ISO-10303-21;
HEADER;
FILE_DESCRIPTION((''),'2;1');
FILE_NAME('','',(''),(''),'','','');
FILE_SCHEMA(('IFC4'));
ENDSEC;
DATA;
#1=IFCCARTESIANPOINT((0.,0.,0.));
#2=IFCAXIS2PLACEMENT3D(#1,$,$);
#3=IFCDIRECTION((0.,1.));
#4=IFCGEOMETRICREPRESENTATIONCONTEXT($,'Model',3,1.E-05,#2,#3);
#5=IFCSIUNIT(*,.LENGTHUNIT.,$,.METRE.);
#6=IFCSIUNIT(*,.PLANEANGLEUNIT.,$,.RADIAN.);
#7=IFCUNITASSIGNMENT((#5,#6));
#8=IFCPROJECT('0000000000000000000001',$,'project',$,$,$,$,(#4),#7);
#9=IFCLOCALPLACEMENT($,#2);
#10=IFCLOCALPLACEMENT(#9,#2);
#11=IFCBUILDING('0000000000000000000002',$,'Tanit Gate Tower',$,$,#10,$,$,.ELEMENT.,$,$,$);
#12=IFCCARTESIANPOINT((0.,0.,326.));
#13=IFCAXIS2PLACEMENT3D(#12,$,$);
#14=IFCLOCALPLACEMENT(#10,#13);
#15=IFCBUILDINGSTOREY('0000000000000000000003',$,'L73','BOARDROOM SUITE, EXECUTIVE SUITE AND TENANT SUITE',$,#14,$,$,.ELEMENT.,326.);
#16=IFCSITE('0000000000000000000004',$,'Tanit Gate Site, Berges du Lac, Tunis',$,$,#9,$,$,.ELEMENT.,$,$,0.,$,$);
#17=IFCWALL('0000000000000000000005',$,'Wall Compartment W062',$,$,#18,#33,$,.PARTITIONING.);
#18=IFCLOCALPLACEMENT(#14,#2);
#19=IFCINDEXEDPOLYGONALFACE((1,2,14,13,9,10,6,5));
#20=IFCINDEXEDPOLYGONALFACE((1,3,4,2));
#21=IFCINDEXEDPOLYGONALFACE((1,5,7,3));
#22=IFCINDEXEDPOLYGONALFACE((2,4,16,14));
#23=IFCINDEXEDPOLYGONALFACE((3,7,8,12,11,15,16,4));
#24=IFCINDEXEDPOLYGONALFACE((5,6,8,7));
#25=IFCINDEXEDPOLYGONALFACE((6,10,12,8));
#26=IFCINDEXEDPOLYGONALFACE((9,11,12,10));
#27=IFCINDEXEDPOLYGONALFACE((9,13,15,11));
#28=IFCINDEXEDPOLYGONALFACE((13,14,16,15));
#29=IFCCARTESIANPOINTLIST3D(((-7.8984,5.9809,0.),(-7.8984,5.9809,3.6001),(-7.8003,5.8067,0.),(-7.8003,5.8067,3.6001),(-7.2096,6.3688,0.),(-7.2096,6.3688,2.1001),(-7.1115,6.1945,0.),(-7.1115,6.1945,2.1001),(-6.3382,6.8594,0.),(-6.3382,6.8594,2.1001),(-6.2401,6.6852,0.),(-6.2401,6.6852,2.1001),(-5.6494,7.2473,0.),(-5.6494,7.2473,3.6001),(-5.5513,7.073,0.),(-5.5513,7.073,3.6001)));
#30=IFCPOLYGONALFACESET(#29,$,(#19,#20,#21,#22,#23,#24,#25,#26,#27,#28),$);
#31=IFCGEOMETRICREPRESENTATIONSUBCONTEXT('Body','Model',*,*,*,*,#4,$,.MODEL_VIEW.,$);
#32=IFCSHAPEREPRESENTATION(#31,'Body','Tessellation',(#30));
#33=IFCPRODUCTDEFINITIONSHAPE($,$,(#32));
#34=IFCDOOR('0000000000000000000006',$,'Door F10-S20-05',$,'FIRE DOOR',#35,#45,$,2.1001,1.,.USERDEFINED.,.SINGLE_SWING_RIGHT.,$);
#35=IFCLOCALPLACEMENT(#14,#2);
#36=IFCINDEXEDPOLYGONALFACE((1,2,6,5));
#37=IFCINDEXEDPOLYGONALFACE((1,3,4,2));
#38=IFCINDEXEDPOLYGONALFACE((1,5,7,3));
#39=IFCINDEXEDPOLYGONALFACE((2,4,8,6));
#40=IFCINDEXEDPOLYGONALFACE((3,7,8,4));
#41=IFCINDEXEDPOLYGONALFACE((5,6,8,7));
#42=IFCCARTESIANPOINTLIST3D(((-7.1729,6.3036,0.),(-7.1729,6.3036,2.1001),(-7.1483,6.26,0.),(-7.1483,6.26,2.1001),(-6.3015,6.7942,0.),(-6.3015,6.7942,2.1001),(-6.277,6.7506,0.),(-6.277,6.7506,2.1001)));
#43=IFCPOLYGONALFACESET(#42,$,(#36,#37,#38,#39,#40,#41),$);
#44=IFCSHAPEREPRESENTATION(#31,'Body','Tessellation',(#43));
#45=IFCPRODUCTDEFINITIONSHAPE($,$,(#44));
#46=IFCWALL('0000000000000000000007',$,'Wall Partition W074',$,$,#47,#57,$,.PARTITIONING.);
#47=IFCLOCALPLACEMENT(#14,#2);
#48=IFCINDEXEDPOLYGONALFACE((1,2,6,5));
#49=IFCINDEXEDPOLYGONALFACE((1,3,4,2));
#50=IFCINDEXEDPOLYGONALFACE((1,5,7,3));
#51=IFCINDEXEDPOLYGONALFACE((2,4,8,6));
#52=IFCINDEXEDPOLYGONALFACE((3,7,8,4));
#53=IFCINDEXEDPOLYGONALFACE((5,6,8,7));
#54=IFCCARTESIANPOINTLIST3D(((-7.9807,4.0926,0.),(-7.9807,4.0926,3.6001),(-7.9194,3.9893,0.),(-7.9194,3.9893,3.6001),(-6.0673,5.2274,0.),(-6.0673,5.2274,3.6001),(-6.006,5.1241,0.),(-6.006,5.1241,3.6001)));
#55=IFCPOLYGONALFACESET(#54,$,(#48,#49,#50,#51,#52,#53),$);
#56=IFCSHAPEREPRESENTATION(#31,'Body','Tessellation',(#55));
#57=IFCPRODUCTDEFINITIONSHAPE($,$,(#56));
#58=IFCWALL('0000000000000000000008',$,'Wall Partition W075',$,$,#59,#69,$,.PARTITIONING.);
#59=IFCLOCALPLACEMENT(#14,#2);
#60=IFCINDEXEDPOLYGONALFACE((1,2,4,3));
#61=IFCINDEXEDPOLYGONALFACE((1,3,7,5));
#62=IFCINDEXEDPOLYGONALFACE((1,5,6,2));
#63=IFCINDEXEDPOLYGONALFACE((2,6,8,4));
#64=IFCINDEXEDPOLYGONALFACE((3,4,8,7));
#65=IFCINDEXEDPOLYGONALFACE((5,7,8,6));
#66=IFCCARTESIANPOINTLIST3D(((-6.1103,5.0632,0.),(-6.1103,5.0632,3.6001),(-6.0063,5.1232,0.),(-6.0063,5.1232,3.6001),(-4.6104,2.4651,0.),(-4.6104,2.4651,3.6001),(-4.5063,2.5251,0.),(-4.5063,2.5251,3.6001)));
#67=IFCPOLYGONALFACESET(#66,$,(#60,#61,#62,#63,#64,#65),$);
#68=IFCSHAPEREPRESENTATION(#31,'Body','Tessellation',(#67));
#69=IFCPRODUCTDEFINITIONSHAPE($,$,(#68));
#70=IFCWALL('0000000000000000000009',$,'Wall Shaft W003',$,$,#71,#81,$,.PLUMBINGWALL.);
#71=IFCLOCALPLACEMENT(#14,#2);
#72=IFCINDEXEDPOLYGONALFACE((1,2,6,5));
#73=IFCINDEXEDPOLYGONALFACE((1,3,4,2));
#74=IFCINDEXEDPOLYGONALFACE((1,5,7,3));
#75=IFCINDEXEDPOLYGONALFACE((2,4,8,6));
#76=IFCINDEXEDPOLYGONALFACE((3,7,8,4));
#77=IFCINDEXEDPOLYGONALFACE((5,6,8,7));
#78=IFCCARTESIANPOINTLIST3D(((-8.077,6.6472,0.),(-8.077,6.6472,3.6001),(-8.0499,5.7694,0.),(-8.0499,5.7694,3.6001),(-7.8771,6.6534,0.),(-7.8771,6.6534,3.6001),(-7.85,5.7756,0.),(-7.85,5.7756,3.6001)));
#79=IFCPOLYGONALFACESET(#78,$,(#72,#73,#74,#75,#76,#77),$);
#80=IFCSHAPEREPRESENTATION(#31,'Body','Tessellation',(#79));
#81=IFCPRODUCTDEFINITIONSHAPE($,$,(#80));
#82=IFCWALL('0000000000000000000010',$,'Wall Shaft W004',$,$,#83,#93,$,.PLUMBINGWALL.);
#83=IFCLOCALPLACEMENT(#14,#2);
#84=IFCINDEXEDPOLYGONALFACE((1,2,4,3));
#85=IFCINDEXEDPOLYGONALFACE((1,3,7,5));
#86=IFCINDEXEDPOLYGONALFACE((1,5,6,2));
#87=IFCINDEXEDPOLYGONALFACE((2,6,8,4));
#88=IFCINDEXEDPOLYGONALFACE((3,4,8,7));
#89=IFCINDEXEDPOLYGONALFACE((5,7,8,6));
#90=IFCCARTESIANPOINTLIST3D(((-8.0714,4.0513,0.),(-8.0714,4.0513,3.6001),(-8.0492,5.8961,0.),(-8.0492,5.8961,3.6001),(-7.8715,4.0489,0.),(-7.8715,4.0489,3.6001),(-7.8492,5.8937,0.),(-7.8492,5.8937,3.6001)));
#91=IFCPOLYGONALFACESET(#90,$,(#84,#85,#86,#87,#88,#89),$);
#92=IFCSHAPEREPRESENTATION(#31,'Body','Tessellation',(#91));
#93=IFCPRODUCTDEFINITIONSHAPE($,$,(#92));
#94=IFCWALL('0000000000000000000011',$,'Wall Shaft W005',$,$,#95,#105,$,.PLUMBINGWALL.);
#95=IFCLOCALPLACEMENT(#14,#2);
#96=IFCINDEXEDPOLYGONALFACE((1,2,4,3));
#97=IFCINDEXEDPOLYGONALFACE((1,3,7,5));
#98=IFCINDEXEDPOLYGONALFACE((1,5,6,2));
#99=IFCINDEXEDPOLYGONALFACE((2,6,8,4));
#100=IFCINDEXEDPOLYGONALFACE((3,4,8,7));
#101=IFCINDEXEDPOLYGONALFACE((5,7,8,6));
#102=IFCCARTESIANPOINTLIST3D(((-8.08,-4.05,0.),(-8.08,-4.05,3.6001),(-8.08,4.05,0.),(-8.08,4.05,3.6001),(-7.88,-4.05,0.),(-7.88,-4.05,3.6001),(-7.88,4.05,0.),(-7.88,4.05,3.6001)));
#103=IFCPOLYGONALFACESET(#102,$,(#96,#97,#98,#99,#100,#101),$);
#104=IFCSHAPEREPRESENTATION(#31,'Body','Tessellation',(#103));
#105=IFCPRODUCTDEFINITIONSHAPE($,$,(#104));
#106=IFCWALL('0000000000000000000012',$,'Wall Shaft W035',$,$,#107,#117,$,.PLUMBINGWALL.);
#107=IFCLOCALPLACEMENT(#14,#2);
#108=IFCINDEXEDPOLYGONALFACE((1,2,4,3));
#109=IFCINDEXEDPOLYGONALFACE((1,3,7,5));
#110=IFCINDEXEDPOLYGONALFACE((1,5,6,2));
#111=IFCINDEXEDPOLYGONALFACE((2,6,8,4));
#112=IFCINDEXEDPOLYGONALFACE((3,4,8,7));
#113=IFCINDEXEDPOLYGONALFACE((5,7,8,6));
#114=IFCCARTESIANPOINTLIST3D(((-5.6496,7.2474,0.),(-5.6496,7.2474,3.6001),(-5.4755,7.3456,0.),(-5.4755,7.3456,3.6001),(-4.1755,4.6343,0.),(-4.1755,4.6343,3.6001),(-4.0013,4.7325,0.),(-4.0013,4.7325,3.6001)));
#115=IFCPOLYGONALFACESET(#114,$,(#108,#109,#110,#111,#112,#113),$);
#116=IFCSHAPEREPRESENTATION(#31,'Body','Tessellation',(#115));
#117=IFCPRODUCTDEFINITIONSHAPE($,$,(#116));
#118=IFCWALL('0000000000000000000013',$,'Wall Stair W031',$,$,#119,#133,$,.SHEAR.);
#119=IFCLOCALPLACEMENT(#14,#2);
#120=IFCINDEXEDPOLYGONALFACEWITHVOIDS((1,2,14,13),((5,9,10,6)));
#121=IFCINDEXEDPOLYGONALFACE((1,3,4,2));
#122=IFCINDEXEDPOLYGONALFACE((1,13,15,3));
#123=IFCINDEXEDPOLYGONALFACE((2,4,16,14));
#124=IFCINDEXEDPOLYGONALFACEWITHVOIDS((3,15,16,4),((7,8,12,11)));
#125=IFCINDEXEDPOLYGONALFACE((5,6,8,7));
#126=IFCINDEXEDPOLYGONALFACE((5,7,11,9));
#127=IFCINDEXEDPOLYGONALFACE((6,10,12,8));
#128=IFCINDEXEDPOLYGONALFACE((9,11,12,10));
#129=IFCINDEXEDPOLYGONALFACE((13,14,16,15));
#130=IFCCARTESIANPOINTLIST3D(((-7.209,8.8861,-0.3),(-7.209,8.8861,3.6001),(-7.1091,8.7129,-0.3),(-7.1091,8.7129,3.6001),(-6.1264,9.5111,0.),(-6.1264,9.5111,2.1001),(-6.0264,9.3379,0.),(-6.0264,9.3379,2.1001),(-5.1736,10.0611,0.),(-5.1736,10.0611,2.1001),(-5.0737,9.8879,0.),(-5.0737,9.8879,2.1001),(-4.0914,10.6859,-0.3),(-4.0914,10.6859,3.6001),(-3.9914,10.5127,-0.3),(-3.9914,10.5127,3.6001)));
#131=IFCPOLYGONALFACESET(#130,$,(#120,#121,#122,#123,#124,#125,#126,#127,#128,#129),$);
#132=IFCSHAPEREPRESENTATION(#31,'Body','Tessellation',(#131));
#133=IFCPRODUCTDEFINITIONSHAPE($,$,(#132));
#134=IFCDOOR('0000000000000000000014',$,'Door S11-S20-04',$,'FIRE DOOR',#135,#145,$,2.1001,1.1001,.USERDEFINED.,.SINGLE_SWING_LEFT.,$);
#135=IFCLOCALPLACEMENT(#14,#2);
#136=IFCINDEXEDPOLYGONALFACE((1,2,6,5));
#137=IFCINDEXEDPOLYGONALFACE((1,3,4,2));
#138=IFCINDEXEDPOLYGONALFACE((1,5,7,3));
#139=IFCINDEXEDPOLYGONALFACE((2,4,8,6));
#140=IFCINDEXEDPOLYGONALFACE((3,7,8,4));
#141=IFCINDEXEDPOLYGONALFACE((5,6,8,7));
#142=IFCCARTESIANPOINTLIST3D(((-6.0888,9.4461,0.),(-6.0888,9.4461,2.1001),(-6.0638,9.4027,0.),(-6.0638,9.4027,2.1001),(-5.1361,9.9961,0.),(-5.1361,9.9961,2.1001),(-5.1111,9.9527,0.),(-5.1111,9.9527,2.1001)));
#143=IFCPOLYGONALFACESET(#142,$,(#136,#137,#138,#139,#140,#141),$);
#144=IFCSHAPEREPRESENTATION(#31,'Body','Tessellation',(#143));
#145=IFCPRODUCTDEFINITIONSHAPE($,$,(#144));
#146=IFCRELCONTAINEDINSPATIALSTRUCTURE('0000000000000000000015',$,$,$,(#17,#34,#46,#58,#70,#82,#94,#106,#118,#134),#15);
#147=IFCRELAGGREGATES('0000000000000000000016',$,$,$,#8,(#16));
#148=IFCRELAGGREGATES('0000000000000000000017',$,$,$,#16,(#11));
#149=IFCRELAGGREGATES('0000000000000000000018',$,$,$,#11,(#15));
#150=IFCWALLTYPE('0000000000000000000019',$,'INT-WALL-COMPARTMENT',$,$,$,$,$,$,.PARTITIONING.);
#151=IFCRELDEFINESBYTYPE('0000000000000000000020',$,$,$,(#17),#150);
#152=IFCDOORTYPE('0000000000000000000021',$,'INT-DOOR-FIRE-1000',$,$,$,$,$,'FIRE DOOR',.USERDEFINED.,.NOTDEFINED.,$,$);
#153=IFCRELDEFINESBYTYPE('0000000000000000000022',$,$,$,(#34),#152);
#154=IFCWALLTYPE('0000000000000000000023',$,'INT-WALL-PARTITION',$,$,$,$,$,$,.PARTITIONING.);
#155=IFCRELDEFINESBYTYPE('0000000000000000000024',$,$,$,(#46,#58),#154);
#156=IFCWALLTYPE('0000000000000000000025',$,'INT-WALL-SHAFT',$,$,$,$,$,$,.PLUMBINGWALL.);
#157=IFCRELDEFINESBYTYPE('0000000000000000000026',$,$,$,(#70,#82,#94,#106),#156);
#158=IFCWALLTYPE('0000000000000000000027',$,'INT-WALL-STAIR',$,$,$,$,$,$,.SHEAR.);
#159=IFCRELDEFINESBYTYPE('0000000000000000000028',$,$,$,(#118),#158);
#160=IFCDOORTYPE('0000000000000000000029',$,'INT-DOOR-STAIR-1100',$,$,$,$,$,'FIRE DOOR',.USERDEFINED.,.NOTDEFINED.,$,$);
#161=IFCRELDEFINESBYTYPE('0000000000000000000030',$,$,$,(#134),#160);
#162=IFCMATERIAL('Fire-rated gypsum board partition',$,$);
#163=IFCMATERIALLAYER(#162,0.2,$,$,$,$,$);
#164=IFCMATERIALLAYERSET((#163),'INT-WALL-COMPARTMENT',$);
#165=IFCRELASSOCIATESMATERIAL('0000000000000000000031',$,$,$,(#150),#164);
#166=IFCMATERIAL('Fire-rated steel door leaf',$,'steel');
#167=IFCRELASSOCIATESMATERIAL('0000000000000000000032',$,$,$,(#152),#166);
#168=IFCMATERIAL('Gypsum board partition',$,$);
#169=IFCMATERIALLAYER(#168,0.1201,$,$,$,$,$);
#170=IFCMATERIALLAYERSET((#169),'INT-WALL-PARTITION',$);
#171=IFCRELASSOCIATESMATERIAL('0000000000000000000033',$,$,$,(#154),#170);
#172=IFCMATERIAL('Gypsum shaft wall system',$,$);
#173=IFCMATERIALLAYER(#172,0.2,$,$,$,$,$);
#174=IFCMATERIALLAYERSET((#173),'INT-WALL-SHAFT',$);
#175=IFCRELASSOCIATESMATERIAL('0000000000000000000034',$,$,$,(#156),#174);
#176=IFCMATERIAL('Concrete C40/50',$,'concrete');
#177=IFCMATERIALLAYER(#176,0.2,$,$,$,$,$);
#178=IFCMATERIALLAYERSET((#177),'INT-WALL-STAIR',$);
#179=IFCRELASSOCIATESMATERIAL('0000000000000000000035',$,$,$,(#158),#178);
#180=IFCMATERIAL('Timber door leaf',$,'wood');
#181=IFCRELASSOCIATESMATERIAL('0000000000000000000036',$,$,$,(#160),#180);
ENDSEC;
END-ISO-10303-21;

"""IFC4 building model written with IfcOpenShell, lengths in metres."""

from ifc_helpers import new_model, si_unit, direction, frame, frame_2d, origin, place, context, subcontext, project, spatial, rectangle, extrude, material, layer, layer_set, type_object, element, fill, save


model = new_model("IFC4")

# Units and contexts
model_context = context("Model", 3, precision=1e-05, world=origin(), true_north=direction((0.0, 1.0)))
body_context = subcontext(model_context, "Body", "Model", "MODEL_VIEW")
ifc_project = project(units=[si_unit("LENGTHUNIT", "METRE"), si_unit("PLANEANGLEUNIT", "RADIAN")], contexts=[model_context])

# Site, building, storey
site_placement = place(None, origin())
site = spatial("IfcSite", under=ifc_project, at=site_placement, Name="Tanit Gate Site, Berges du Lac, Tunis", CompositionType="ELEMENT", RefElevation=0.0)
building_placement = place(site_placement, origin())
building = spatial("IfcBuilding", under=site, at=building_placement, Name="Tanit Gate Tower", CompositionType="ELEMENT")
storey_placement = place(building_placement, frame((0.0, 0.0, 326.0)))
storey = spatial("IfcBuildingStorey", under=building, at=storey_placement, Name="L73", Description="BOARDROOM SUITE, EXECUTIVE SUITE AND TENANT SUITE", CompositionType="ELEMENT", Elevation=326.0)

# Wall, opening, door
ifc_material_1 = material(Name="Fire-rated gypsum board partition")
ifc_layer_1 = layer(ifc_material_1, 0.2)
ifc_layer_set_1 = layer_set([ifc_layer_1], Name="INT-WALL-COMPARTMENT")
wall_type_1 = type_object("IfcWallType", Name="INT-WALL-COMPARTMENT", PredefinedType="PARTITIONING", material=ifc_layer_set_1)
wall_1_placement = place(storey_placement, frame((-5.6003, 7.1602, 0.0), z_axis=(0.0, 0.0, 1.0), x_axis=(-0.871363, -0.490638, 0.0)))
wall_1 = element("IfcWall", 1, at=wall_1_placement, inside=storey, type_object=wall_type_1, Name="Wall Compartment W062", PredefinedType="PARTITIONING", context=body_context, shape_type="SweptSolid", body=[
    extrude(rectangle(XDim=2.5811, YDim=0.2, at=frame_2d((1.2905, 0.0))), origin(), (0.0, 0.0, 1.0), 3.6001),
])
opening_1_placement = place(wall_1_placement, frame((0.7905, 0.0, 0.0)))
opening_1 = element("IfcOpeningElement", 2, at=opening_1_placement, cuts=wall_1, PredefinedType="OPENING", context=body_context, shape_type="SweptSolid", body=[
    extrude(rectangle(XDim=1.0, YDim=2.1001, at=frame_2d((0.5, 1.05))), frame((0.0, 0.1099, 0.0), z_axis=(0.0, -1.0, 0.0), x_axis=(1.0, 0.0, 0.0)), (0.0, 0.0, 1.0), 0.22),
])
ifc_material_2 = material(Name="Fire-rated steel door leaf", Category="steel")
door_type_1 = type_object("IfcDoorType", Name="INT-DOOR-FIRE-1000", ElementType="FIRE DOOR", OperationType="NOTDEFINED", PredefinedType="USERDEFINED", material=ifc_material_2)
door_1_placement = place(opening_1_placement, origin())
door_1 = element("IfcDoor", 3, at=door_1_placement, inside=storey, type_object=door_type_1, Name="Door F10-S20-05", ObjectType="FIRE DOOR", OperationType="SINGLE_SWING_RIGHT", OverallHeight=2.1001, OverallWidth=1.0, PredefinedType="USERDEFINED", context=body_context, shape_type="SweptSolid", body=[
    extrude(rectangle(XDim=1.0, YDim=2.1001, at=frame_2d((0.5, 1.05))), frame((0.0, 0.0249, 0.0), z_axis=(0.0, -1.0, 0.0), x_axis=(1.0, 0.0, 0.0)), (0.0, 0.0, 1.0), 0.05),
])
fill(opening_1, door_1)

# Walls
ifc_material_3 = material(Name="Gypsum board partition")
ifc_layer_2 = layer(ifc_material_3, 0.1201)
ifc_layer_set_2 = layer_set([ifc_layer_2], Name="INT-WALL-PARTITION")
wall_type_2 = type_object("IfcWallType", Name="INT-WALL-PARTITION", PredefinedType="PARTITIONING", material=ifc_layer_set_2)
wall_2_placement = place(storey_placement, frame((-6.0366, 5.1758, 0.0), z_axis=(0.0, 0.0, 1.0), x_axis=(-0.860106, -0.510115, 0.0)))
element("IfcWall", 4, at=wall_2_placement, inside=storey, type_object=wall_type_2, Name="Wall Partition W074", PredefinedType="PARTITIONING", context=body_context, shape_type="SweptSolid", body=[
    extrude(rectangle(XDim=2.2246, YDim=0.1201, at=frame_2d((1.1123, 0.0))), origin(), (0.0, 0.0, 1.0), 3.6001),
])
wall_3_placement = place(storey_placement, frame((-4.5583, 2.4951, 0.0), z_axis=(0.0, 0.0, 1.0), x_axis=(-0.49999, 0.866031, 0.0)))
element("IfcWall", 5, at=wall_3_placement, inside=storey, type_object=wall_type_2, Name="Wall Partition W075", PredefinedType="PARTITIONING", context=body_context, shape_type="SweptSolid", body=[
    extrude(rectangle(XDim=3.0, YDim=0.1201, at=frame_2d((1.5, 0.0))), origin(), (0.0, 0.0, 1.0), 3.6001),
])
ifc_material_4 = material(Name="Gypsum shaft wall system")
ifc_layer_3 = layer(ifc_material_4, 0.2)
ifc_layer_set_3 = layer_set([ifc_layer_3], Name="INT-WALL-SHAFT")
wall_type_3 = type_object("IfcWallType", Name="INT-WALL-SHAFT", PredefinedType="PLUMBINGWALL", material=ifc_layer_set_3)
wall_4_placement = place(storey_placement, frame((-7.9771, 6.6501, 0.0), z_axis=(0.0, 0.0, 1.0), x_axis=(0.030862, -0.999524, 0.0)))
element("IfcWall", 6, at=wall_4_placement, inside=storey, type_object=wall_type_3, Name="Wall Shaft W003", PredefinedType="PLUMBINGWALL", context=body_context, shape_type="SweptSolid", body=[
    extrude(rectangle(XDim=0.8782, YDim=0.2, at=frame_2d((0.439, 0.0))), origin(), (0.0, 0.0, 1.0), 3.6001),
])
wall_5_placement = place(storey_placement, frame((-7.9492, 5.8948, 0.0), z_axis=(0.0, 0.0, 1.0), x_axis=(-0.012043, -0.999927, 0.0)))
element("IfcWall", 7, at=wall_5_placement, inside=storey, type_object=wall_type_3, Name="Wall Shaft W004", PredefinedType="PLUMBINGWALL", context=body_context, shape_type="SweptSolid", body=[
    extrude(rectangle(XDim=1.845, YDim=0.2, at=frame_2d((0.9224, 0.0))), origin(), (0.0, 0.0, 1.0), 3.6001),
])
wall_6_placement = place(storey_placement, frame((-7.98, 4.05, 0.0), z_axis=(0.0, 0.0, 1.0), x_axis=(0.0, -1.0, 0.0)))
element("IfcWall", 8, at=wall_6_placement, inside=storey, type_object=wall_type_3, Name="Wall Shaft W005", PredefinedType="PLUMBINGWALL", context=body_context, shape_type="SweptSolid", body=[
    extrude(rectangle(XDim=8.1001, YDim=0.2, at=frame_2d((4.05, 0.0))), origin(), (0.0, 0.0, 1.0), 3.6001),
])

# Wall
wall_7_placement = place(storey_placement, frame((-5.5625, 7.2964, 0.0), z_axis=(0.0, 0.0, 1.0), x_axis=(0.491347, -0.870964, 0.0)))
element("IfcWall", 9, at=wall_7_placement, inside=storey, type_object=wall_type_3, Name="Wall Shaft W035", PredefinedType="PLUMBINGWALL", context=body_context, shape_type="SweptSolid", body=[
    extrude(rectangle(XDim=3.0002, YDim=0.2, at=frame_2d((1.5, 0.0))), origin(), (0.0, 0.0, 1.0), 3.6001),
])

# Wall, opening, door
ifc_material_5 = material(Name="Concrete C40/50", Category="concrete")
ifc_layer_4 = layer(ifc_material_5, 0.2)
ifc_layer_set_4 = layer_set([ifc_layer_4], Name="INT-WALL-STAIR")
wall_type_4 = type_object("IfcWallType", Name="INT-WALL-STAIR", PredefinedType="SHEAR", material=ifc_layer_set_4)
wall_8_placement = place(storey_placement, frame((-7.1589, 8.7996, -0.3), z_axis=(0.0, 0.0, 1.0), x_axis=(0.866048, 0.499961, 0.0)))
wall_8 = element("IfcWall", 10, at=wall_8_placement, inside=storey, type_object=wall_type_4, Name="Wall Stair W031", PredefinedType="SHEAR", context=body_context, shape_type="SweptSolid", body=[
    extrude(rectangle(XDim=3.5999, YDim=0.2, at=frame_2d((1.7998, 0.0))), origin(), (0.0, 0.0, 1.0), 3.9001),
])
opening_2_placement = place(wall_8_placement, frame((1.25, 0.0, 0.3)))
opening_2 = element("IfcOpeningElement", 11, at=opening_2_placement, cuts=wall_8, PredefinedType="OPENING", context=body_context, shape_type="SweptSolid", body=[
    extrude(rectangle(XDim=1.1001, YDim=2.1001, at=frame_2d((0.55, 1.05))), frame((0.0, 0.1099, 0.0), z_axis=(0.0, -1.0, 0.0), x_axis=(1.0, 0.0, 0.0)), (0.0, 0.0, 1.0), 0.22),
])
ifc_material_6 = material(Name="Timber door leaf", Category="wood")
door_type_2 = type_object("IfcDoorType", Name="INT-DOOR-STAIR-1100", ElementType="FIRE DOOR", OperationType="NOTDEFINED", PredefinedType="USERDEFINED", material=ifc_material_6)
door_2_placement = place(opening_2_placement, origin())
door_2 = element("IfcDoor", 12, at=door_2_placement, inside=storey, type_object=door_type_2, Name="Door S11-S20-04", ObjectType="FIRE DOOR", OperationType="SINGLE_SWING_LEFT", OverallHeight=2.1001, OverallWidth=1.1001, PredefinedType="USERDEFINED", context=body_context, shape_type="SweptSolid", body=[
    extrude(rectangle(XDim=1.1001, YDim=2.1001, at=frame_2d((0.55, 1.05))), frame((0.0, 0.0249, 0.0), z_axis=(0.0, -1.0, 0.0), x_axis=(1.0, 0.0, 0.0)), (0.0, 0.0, 1.0), 0.05),
])
fill(opening_2, door_2)

save(model, "model.ifc")
